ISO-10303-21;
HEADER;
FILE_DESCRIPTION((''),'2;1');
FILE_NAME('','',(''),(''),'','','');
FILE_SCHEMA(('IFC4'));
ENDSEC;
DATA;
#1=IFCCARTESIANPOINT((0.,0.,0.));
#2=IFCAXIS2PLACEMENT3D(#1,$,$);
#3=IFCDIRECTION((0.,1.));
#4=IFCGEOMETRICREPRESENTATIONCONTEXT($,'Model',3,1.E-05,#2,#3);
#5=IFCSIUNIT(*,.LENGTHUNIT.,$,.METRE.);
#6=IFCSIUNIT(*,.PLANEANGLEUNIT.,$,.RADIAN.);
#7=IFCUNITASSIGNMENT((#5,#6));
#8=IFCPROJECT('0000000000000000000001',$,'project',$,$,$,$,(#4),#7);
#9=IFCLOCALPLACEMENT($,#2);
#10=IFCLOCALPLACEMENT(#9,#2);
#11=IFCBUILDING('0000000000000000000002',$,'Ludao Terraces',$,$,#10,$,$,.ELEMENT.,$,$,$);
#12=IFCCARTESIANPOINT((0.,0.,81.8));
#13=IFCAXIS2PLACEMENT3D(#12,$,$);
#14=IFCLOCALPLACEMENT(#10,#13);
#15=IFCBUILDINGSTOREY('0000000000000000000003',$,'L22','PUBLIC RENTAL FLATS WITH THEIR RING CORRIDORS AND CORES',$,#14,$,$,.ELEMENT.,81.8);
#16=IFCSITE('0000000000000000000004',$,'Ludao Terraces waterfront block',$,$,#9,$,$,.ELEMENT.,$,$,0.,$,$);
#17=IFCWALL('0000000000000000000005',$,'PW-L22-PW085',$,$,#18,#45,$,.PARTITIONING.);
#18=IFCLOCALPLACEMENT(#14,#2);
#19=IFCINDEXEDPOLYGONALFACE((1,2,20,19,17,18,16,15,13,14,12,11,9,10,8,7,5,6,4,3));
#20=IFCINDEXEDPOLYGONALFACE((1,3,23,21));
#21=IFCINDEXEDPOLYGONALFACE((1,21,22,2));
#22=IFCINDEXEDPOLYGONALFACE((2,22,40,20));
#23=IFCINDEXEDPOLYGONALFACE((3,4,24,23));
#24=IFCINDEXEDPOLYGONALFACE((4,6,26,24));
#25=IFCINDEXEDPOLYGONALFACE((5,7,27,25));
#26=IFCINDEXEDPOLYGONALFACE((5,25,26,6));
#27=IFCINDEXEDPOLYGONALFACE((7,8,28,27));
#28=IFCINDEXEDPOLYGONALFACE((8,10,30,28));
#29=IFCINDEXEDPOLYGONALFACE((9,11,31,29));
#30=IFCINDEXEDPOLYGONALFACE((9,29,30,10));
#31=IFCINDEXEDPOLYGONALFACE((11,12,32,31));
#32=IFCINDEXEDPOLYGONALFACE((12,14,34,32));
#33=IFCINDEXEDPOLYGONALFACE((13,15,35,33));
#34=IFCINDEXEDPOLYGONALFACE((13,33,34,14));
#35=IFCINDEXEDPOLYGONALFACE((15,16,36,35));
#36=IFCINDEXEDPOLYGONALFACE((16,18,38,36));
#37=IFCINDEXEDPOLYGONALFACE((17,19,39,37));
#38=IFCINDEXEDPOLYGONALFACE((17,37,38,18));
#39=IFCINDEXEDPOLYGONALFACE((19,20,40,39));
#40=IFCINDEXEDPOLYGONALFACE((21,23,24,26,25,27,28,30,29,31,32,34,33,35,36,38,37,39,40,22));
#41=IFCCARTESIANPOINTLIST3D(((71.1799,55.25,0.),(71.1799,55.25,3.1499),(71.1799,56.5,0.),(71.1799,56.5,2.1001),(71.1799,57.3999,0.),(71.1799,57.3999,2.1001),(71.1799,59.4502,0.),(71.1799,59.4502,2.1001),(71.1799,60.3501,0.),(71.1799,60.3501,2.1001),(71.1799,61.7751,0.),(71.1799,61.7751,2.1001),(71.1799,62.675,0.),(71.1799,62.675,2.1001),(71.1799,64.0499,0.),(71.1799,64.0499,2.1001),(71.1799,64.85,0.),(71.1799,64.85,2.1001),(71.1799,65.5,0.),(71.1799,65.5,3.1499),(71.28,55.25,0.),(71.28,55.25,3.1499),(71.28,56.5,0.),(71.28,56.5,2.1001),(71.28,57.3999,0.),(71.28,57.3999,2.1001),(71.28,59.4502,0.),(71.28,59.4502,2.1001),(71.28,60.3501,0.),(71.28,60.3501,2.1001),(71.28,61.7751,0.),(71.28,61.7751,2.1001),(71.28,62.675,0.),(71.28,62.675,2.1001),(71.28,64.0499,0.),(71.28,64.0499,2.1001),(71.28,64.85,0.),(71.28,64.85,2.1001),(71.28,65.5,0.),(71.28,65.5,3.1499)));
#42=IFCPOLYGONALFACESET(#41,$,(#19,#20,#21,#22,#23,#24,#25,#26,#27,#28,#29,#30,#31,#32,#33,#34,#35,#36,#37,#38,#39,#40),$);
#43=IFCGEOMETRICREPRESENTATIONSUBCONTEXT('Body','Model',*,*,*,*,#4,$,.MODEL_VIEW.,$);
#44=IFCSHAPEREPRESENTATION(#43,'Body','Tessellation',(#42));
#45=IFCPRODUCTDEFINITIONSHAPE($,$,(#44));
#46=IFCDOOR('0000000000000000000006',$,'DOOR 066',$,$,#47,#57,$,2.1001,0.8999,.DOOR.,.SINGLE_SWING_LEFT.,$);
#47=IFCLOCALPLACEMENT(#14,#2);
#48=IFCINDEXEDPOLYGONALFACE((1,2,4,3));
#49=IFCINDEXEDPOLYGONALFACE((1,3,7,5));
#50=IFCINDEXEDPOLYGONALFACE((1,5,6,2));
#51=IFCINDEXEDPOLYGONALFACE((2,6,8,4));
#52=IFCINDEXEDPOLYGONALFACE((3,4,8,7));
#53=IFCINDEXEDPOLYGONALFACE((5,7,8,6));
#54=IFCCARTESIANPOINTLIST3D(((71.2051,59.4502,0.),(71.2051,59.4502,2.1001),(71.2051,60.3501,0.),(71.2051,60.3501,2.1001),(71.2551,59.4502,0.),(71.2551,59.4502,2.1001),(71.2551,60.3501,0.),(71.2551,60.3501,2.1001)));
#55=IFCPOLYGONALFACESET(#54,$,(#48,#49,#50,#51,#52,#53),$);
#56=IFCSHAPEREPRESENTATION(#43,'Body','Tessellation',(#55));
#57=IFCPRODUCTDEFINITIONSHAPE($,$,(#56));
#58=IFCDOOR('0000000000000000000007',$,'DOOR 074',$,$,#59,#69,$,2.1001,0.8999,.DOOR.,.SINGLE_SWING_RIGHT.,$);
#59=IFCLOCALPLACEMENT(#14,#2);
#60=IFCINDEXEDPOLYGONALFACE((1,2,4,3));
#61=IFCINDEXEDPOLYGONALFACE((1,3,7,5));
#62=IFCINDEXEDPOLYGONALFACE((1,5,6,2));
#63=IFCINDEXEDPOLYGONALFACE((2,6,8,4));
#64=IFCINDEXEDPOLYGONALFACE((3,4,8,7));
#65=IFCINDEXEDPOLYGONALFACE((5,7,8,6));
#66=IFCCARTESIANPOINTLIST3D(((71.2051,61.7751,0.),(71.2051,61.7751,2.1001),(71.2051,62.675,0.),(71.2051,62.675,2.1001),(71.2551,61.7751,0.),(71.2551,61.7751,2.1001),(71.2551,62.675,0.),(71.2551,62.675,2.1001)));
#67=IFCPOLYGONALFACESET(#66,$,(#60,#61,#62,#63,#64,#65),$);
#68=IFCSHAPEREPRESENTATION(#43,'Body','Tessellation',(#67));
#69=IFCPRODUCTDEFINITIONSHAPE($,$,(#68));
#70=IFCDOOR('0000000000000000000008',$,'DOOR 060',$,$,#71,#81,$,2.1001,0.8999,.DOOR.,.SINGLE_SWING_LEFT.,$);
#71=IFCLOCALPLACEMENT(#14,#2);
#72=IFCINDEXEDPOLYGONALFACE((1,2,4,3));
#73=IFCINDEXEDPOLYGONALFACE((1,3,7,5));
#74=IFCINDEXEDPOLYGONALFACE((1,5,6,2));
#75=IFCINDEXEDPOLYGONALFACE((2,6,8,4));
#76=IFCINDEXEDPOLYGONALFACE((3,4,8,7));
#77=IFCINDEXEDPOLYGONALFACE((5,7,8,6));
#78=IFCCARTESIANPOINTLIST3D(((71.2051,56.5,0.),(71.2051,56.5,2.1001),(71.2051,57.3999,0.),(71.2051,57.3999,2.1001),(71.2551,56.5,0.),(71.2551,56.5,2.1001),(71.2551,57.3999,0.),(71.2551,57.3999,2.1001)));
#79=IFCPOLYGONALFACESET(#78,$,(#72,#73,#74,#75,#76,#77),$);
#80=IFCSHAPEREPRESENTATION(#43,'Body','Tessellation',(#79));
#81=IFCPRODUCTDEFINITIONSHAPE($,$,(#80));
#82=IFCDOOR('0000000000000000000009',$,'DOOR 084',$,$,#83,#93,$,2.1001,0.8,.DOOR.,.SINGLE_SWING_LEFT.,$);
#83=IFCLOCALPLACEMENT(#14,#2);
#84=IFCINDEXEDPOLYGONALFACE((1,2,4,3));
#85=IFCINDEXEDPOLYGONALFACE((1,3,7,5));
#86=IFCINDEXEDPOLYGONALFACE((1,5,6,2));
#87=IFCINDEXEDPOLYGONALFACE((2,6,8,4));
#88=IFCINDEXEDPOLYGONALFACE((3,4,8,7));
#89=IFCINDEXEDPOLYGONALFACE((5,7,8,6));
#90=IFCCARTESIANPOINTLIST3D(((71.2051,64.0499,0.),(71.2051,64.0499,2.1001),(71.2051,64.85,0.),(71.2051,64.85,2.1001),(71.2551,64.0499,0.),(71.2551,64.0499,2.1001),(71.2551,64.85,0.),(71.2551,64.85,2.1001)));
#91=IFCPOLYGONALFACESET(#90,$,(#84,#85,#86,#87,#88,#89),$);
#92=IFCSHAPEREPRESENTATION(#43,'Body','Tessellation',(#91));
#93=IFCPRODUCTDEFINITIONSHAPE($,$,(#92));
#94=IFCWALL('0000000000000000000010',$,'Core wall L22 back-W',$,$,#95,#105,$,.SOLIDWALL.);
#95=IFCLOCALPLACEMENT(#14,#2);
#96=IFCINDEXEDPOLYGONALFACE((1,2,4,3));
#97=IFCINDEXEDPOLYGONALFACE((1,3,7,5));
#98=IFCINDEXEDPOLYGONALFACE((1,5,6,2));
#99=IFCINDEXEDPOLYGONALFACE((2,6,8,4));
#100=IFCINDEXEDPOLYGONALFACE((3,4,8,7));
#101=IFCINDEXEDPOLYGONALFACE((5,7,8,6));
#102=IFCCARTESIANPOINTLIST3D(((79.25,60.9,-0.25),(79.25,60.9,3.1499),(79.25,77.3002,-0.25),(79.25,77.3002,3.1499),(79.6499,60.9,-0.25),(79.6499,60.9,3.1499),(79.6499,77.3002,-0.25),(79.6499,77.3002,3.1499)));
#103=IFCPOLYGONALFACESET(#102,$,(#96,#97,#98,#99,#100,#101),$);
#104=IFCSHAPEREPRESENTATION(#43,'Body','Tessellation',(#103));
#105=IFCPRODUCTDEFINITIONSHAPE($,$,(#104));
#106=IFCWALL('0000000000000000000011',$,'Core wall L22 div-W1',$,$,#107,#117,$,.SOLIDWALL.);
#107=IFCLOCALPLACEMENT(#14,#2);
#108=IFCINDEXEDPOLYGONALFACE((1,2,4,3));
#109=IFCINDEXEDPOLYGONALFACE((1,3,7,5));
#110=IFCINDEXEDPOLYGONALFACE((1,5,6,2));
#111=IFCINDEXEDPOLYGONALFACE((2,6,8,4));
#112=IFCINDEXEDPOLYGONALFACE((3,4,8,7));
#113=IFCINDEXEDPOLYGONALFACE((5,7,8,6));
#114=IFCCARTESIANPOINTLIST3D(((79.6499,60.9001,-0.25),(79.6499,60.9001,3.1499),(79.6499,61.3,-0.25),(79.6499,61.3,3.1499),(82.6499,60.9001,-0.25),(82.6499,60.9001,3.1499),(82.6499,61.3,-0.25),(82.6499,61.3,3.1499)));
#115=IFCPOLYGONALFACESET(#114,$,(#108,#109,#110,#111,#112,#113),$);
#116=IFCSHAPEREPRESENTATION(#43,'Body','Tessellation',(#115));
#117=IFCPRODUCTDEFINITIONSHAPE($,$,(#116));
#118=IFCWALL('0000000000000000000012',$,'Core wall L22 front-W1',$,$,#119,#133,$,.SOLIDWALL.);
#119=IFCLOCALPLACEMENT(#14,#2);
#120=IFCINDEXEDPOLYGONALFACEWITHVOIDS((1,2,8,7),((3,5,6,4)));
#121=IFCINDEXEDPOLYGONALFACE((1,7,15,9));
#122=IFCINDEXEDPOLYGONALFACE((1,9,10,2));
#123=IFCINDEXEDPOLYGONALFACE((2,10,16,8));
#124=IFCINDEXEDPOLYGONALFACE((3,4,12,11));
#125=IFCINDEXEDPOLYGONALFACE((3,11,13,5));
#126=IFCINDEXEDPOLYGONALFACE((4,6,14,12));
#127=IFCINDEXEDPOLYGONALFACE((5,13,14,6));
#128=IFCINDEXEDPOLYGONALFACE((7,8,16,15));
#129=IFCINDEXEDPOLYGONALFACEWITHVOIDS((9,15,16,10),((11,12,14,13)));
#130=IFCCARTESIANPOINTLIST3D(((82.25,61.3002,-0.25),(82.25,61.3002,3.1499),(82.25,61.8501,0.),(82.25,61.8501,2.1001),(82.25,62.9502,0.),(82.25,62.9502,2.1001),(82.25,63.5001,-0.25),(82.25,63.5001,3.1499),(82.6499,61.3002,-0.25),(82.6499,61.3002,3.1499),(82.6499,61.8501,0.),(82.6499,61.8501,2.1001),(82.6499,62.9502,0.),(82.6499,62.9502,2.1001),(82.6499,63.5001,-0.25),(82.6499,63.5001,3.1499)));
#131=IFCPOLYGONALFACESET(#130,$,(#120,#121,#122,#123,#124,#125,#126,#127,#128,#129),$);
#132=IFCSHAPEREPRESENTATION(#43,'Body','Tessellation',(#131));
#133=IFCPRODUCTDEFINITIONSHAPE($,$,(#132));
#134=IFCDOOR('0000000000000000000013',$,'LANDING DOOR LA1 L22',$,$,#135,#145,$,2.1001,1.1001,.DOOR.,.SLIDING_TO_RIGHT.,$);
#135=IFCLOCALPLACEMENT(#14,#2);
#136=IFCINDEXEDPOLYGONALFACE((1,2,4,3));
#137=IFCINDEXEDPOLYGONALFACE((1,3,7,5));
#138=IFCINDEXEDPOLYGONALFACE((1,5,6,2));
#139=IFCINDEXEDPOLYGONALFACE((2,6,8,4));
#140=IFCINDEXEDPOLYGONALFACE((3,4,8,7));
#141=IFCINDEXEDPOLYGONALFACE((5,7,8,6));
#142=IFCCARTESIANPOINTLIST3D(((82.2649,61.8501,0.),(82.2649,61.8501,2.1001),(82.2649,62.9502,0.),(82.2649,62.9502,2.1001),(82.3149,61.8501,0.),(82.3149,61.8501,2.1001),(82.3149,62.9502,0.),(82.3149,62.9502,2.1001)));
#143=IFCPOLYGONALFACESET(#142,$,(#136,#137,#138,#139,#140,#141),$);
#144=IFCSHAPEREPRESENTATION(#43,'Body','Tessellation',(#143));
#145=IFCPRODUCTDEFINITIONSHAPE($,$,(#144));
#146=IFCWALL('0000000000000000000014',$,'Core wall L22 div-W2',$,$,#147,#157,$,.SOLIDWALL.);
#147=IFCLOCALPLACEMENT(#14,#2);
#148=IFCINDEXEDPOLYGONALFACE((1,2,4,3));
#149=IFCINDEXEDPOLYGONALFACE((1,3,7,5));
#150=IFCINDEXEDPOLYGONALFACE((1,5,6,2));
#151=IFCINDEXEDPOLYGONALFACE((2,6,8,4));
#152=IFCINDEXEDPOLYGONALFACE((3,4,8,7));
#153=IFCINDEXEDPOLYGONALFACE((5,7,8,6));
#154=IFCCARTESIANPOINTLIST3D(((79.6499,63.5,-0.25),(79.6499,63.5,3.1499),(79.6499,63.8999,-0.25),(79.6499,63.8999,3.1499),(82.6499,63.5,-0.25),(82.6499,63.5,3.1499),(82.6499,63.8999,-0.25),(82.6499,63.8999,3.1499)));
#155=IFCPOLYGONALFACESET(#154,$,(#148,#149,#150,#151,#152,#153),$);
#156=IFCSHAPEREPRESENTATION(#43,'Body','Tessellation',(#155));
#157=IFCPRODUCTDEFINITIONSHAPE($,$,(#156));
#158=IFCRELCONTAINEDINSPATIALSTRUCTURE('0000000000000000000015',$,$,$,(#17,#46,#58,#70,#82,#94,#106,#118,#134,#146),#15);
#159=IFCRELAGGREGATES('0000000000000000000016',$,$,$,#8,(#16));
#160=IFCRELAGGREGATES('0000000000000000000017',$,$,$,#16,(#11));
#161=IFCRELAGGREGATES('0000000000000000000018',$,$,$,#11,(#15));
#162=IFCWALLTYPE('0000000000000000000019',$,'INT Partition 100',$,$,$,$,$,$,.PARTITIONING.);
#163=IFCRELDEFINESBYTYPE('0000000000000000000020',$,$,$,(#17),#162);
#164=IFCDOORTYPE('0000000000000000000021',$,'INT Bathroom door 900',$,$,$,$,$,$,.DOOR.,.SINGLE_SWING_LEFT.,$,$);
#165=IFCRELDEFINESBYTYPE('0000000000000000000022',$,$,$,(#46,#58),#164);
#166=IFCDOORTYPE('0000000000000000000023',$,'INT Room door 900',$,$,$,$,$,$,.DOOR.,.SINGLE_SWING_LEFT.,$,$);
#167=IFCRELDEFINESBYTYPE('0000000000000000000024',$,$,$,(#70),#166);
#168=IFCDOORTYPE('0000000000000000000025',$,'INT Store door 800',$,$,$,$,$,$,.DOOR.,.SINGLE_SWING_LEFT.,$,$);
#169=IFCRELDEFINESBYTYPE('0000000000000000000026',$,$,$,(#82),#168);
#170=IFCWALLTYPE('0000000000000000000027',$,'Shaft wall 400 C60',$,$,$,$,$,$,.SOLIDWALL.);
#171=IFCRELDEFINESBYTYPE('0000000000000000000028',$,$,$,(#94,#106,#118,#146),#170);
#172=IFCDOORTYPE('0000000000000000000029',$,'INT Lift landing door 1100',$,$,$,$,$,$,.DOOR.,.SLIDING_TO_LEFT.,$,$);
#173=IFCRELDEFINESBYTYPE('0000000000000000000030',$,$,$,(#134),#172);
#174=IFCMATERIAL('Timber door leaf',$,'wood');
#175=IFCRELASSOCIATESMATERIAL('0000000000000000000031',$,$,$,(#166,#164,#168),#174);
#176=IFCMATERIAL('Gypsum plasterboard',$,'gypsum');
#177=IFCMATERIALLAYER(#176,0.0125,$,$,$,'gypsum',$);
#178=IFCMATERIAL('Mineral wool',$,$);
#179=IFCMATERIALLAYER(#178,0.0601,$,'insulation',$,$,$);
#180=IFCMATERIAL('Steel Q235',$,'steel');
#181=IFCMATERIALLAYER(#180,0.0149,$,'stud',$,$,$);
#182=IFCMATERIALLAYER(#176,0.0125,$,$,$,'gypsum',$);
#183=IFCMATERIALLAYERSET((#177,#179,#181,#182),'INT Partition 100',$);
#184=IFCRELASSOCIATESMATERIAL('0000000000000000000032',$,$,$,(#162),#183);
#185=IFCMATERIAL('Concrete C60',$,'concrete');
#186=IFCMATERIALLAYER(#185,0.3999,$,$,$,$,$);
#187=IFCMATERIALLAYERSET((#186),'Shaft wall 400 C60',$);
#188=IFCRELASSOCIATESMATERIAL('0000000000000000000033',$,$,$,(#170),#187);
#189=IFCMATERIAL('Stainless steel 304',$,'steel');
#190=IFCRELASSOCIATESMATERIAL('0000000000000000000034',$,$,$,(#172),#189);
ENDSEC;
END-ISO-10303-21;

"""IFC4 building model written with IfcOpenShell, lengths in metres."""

from ifc_helpers import new_model, si_unit, direction, frame, frame_2d, origin, place, context, subcontext, project, spatial, rectangle, extrude, material, layer, layer_set, type_object, element, fill, save


model = new_model("IFC4")

# Units and contexts
model_context = context("Model", 3, precision=1e-05, world=origin(), true_north=direction((0.0, 1.0)))
body_context = subcontext(model_context, "Body", "Model", "MODEL_VIEW")
ifc_project = project(units=[si_unit("LENGTHUNIT", "METRE"), si_unit("PLANEANGLEUNIT", "RADIAN")], contexts=[model_context])

# Site, building, storey
site_placement = place(None, origin())
site = spatial("IfcSite", under=ifc_project, at=site_placement, Name="Ludao Terraces waterfront block", CompositionType="ELEMENT", RefElevation=0.0)
building_placement = place(site_placement, origin())
building = spatial("IfcBuilding", under=site, at=building_placement, Name="Ludao Terraces", CompositionType="ELEMENT")
storey_placement = place(building_placement, frame((0.0, 0.0, 81.8)))
storey = spatial("IfcBuildingStorey", under=building, at=storey_placement, Name="L22", Description="PUBLIC RENTAL FLATS WITH THEIR RING CORRIDORS AND CORES", CompositionType="ELEMENT", Elevation=81.8)

# Shared definitions
ifc_material_1 = material(Name="Steel Q235", Category="steel")
ifc_material_2 = material(Name="Mineral wool")
ifc_material_3 = material(Name="Timber door leaf", Category="wood")
door_type_1 = type_object("IfcDoorType", Name="INT Room door 900", OperationType="SINGLE_SWING_LEFT", PredefinedType="DOOR", material=ifc_material_3)

# Shared definitions
ifc_material_4 = material(Name="Gypsum plasterboard", Category="gypsum")
ifc_layer_1 = layer(ifc_material_4, 0.0125, Category="gypsum")
ifc_layer_2 = layer(ifc_material_2, 0.0601, Name="insulation")
ifc_layer_3 = layer(ifc_material_1, 0.0149, Name="stud")
ifc_layer_4 = layer(ifc_material_4, 0.0125, Category="gypsum")
ifc_layer_set_1 = layer_set([ifc_layer_1, ifc_layer_2, ifc_layer_3, ifc_layer_4], Name="INT Partition 100")
wall_type_1 = type_object("IfcWallType", Name="INT Partition 100", PredefinedType="PARTITIONING", material=ifc_layer_set_1)

# Wall, openings, doors
wall_1_placement = place(storey_placement, frame((71.23, 55.25, 0.0), z_axis=(0.0, 0.0, 1.0), x_axis=(0.0, 1.0, 0.0)))
wall_1 = element("IfcWall", 1, at=wall_1_placement, inside=storey, type_object=wall_type_1, Name="PW-L22-PW085", PredefinedType="PARTITIONING", context=body_context, shape_type="SweptSolid", body=[
    extrude(rectangle(XDim=10.25, YDim=0.1001, at=frame_2d((5.125, 0.0))), origin(), (0.0, 0.0, 1.0), 3.1499),
])
opening_1_placement = place(wall_1_placement, frame((1.25, 0.0, 0.0)))
opening_1 = element("IfcOpeningElement", 2, at=opening_1_placement, cuts=wall_1, PredefinedType="OPENING", context=body_context, shape_type="SweptSolid", body=[
    extrude(rectangle(XDim=0.8999, YDim=2.1001, at=frame_2d((0.45, 1.05))), frame((0.0, 0.0601, 0.0), z_axis=(0.0, -1.0, 0.0), x_axis=(1.0, 0.0, 0.0)), (0.0, 0.0, 1.0), 0.1201),
])
opening_2_placement = place(wall_1_placement, frame((4.2002, 0.0, 0.0)))
opening_2 = element("IfcOpeningElement", 3, at=opening_2_placement, cuts=wall_1, PredefinedType="OPENING", context=body_context, shape_type="SweptSolid", body=[
    extrude(rectangle(XDim=0.8999, YDim=2.1001, at=frame_2d((0.45, 1.05))), frame((0.0, 0.0601, 0.0), z_axis=(0.0, -1.0, 0.0), x_axis=(1.0, 0.0, 0.0)), (0.0, 0.0, 1.0), 0.1201),
])
opening_3_placement = place(wall_1_placement, frame((6.5251, 0.0, 0.0)))
opening_3 = element("IfcOpeningElement", 4, at=opening_3_placement, cuts=wall_1, PredefinedType="OPENING", context=body_context, shape_type="SweptSolid", body=[
    extrude(rectangle(XDim=0.8999, YDim=2.1001, at=frame_2d((0.45, 1.05))), frame((0.0, 0.0601, 0.0), z_axis=(0.0, -1.0, 0.0), x_axis=(1.0, 0.0, 0.0)), (0.0, 0.0, 1.0), 0.1201),
])
opening_4_placement = place(wall_1_placement, frame((8.8, 0.0, 0.0)))
opening_4 = element("IfcOpeningElement", 5, at=opening_4_placement, cuts=wall_1, PredefinedType="OPENING", context=body_context, shape_type="SweptSolid", body=[
    extrude(rectangle(XDim=0.8, YDim=2.1001, at=frame_2d((0.3999, 1.05))), frame((0.0, 0.0601, 0.0), z_axis=(0.0, -1.0, 0.0), x_axis=(1.0, 0.0, 0.0)), (0.0, 0.0, 1.0), 0.1201),
])
door_type_2 = type_object("IfcDoorType", Name="INT Bathroom door 900", OperationType="SINGLE_SWING_LEFT", PredefinedType="DOOR", material=ifc_material_3)
door_1_placement = place(opening_2_placement, origin())
door_1 = element("IfcDoor", 6, at=door_1_placement, inside=storey, type_object=door_type_2, Name="DOOR 066", OperationType="SINGLE_SWING_LEFT", OverallHeight=2.1001, OverallWidth=0.8999, PredefinedType="DOOR", context=body_context, shape_type="SweptSolid", body=[
    extrude(rectangle(XDim=0.8999, YDim=2.1001, at=frame_2d((0.45, 1.05))), frame((0.0, 0.0249, 0.0), z_axis=(0.0, -1.0, 0.0), x_axis=(1.0, 0.0, 0.0)), (0.0, 0.0, 1.0), 0.05),
])
fill(opening_2, door_1)
door_2_placement = place(opening_3_placement, origin())
door_2 = element("IfcDoor", 7, at=door_2_placement, inside=storey, type_object=door_type_2, Name="DOOR 074", OperationType="SINGLE_SWING_RIGHT", OverallHeight=2.1001, OverallWidth=0.8999, PredefinedType="DOOR", context=body_context, shape_type="SweptSolid", body=[
    extrude(rectangle(XDim=0.8999, YDim=2.1001, at=frame_2d((0.45, 1.05))), frame((0.0, 0.0249, 0.0), z_axis=(0.0, -1.0, 0.0), x_axis=(1.0, 0.0, 0.0)), (0.0, 0.0, 1.0), 0.05),
])
fill(opening_3, door_2)
door_3_placement = place(opening_1_placement, origin())
door_3 = element("IfcDoor", 8, at=door_3_placement, inside=storey, type_object=door_type_1, Name="DOOR 060", OperationType="SINGLE_SWING_LEFT", OverallHeight=2.1001, OverallWidth=0.8999, PredefinedType="DOOR", context=body_context, shape_type="SweptSolid", body=[
    extrude(rectangle(XDim=0.8999, YDim=2.1001, at=frame_2d((0.45, 1.05))), frame((0.0, 0.0249, 0.0), z_axis=(0.0, -1.0, 0.0), x_axis=(1.0, 0.0, 0.0)), (0.0, 0.0, 1.0), 0.05),
])
fill(opening_1, door_3)
door_type_3 = type_object("IfcDoorType", Name="INT Store door 800", OperationType="SINGLE_SWING_LEFT", PredefinedType="DOOR", material=ifc_material_3)
door_4_placement = place(opening_4_placement, origin())
door_4 = element("IfcDoor", 9, at=door_4_placement, inside=storey, type_object=door_type_3, Name="DOOR 084", OperationType="SINGLE_SWING_LEFT", OverallHeight=2.1001, OverallWidth=0.8, PredefinedType="DOOR", context=body_context, shape_type="SweptSolid", body=[
    extrude(rectangle(XDim=0.8, YDim=2.1001, at=frame_2d((0.3999, 1.05))), frame((0.0, 0.0249, 0.0), z_axis=(0.0, -1.0, 0.0), x_axis=(1.0, 0.0, 0.0)), (0.0, 0.0, 1.0), 0.05),
])
fill(opening_4, door_4)

# Walls
ifc_material_5 = material(Name="Concrete C60", Category="concrete")
ifc_layer_5 = layer(ifc_material_5, 0.3999)
ifc_layer_set_2 = layer_set([ifc_layer_5], Name="Shaft wall 400 C60")
wall_type_2 = type_object("IfcWallType", Name="Shaft wall 400 C60", PredefinedType="SOLIDWALL", material=ifc_layer_set_2)
wall_2_placement = place(storey_placement, frame((79.45, 60.8999, -0.25), z_axis=(0.0, 0.0, 1.0), x_axis=(0.0, 1.0, 0.0)))
element("IfcWall", 10, at=wall_2_placement, inside=storey, type_object=wall_type_2, Name="Core wall L22 back-W", PredefinedType="SOLIDWALL", context=body_context, shape_type="SweptSolid", body=[
    extrude(rectangle(XDim=16.4001, YDim=0.3999, at=frame_2d((8.2002, 0.0))), origin(), (0.0, 0.0, 1.0), 3.3999),
])
wall_3_placement = place(storey_placement, frame((79.6499, 61.1001, -0.25), z_axis=(0.0, 0.0, 1.0), x_axis=(1.0, 0.0, 0.0)))
element("IfcWall", 11, at=wall_3_placement, inside=storey, type_object=wall_type_2, Name="Core wall L22 div-W1", PredefinedType="SOLIDWALL", context=body_context, shape_type="SweptSolid", body=[
    extrude(rectangle(XDim=3.0, YDim=0.3999, at=frame_2d((1.5, 0.0))), origin(), (0.0, 0.0, 1.0), 3.3999),
])

# Wall, opening, door
wall_4_placement = place(storey_placement, frame((82.45, 61.3, -0.25), z_axis=(0.0, 0.0, 1.0), x_axis=(0.0, 1.0, 0.0)))
wall_4 = element("IfcWall", 12, at=wall_4_placement, inside=storey, type_object=wall_type_2, Name="Core wall L22 front-W1", PredefinedType="SOLIDWALL", context=body_context, shape_type="SweptSolid", body=[
    extrude(rectangle(XDim=2.2, YDim=0.3999, at=frame_2d((1.1001, 0.0))), origin(), (0.0, 0.0, 1.0), 3.3999),
])
opening_5_placement = place(wall_4_placement, frame((0.55, 0.0, 0.25)))
opening_5 = element("IfcOpeningElement", 13, at=opening_5_placement, cuts=wall_4, PredefinedType="OPENING", context=body_context, shape_type="SweptSolid", body=[
    extrude(rectangle(XDim=1.1001, YDim=2.1001, at=frame_2d((0.55, 1.05))), frame((0.0, 0.21, 0.0), z_axis=(0.0, -1.0, 0.0), x_axis=(1.0, 0.0, 0.0)), (0.0, 0.0, 1.0), 0.4199),
])
ifc_material_6 = material(Name="Stainless steel 304", Category="steel")
door_type_4 = type_object("IfcDoorType", Name="INT Lift landing door 1100", OperationType="SLIDING_TO_LEFT", PredefinedType="DOOR", material=ifc_material_6)
door_5_placement = place(opening_5_placement, origin())
door_5 = element("IfcDoor", 14, at=door_5_placement, inside=storey, type_object=door_type_4, Name="LANDING DOOR LA1 L22", OperationType="SLIDING_TO_RIGHT", OverallHeight=2.1001, OverallWidth=1.1001, PredefinedType="DOOR", context=body_context, shape_type="SweptSolid", body=[
    extrude(rectangle(XDim=1.1001, YDim=2.1001, at=frame_2d((0.55, 1.05))), frame((0.0, 0.1851, 0.0), z_axis=(0.0, -1.0, 0.0), x_axis=(1.0, 0.0, 0.0)), (0.0, 0.0, 1.0), 0.05),
])
fill(opening_5, door_5)

# Wall
wall_5_placement = place(storey_placement, frame((79.6499, 63.7, -0.25), z_axis=(0.0, 0.0, 1.0), x_axis=(1.0, 0.0, 0.0)))
element("IfcWall", 15, at=wall_5_placement, inside=storey, type_object=wall_type_2, Name="Core wall L22 div-W2", PredefinedType="SOLIDWALL", context=body_context, shape_type="SweptSolid", body=[
    extrude(rectangle(XDim=3.0, YDim=0.3999, at=frame_2d((1.5, 0.0))), origin(), (0.0, 0.0, 1.0), 3.3999),
])

save(model, "model.ifc")
